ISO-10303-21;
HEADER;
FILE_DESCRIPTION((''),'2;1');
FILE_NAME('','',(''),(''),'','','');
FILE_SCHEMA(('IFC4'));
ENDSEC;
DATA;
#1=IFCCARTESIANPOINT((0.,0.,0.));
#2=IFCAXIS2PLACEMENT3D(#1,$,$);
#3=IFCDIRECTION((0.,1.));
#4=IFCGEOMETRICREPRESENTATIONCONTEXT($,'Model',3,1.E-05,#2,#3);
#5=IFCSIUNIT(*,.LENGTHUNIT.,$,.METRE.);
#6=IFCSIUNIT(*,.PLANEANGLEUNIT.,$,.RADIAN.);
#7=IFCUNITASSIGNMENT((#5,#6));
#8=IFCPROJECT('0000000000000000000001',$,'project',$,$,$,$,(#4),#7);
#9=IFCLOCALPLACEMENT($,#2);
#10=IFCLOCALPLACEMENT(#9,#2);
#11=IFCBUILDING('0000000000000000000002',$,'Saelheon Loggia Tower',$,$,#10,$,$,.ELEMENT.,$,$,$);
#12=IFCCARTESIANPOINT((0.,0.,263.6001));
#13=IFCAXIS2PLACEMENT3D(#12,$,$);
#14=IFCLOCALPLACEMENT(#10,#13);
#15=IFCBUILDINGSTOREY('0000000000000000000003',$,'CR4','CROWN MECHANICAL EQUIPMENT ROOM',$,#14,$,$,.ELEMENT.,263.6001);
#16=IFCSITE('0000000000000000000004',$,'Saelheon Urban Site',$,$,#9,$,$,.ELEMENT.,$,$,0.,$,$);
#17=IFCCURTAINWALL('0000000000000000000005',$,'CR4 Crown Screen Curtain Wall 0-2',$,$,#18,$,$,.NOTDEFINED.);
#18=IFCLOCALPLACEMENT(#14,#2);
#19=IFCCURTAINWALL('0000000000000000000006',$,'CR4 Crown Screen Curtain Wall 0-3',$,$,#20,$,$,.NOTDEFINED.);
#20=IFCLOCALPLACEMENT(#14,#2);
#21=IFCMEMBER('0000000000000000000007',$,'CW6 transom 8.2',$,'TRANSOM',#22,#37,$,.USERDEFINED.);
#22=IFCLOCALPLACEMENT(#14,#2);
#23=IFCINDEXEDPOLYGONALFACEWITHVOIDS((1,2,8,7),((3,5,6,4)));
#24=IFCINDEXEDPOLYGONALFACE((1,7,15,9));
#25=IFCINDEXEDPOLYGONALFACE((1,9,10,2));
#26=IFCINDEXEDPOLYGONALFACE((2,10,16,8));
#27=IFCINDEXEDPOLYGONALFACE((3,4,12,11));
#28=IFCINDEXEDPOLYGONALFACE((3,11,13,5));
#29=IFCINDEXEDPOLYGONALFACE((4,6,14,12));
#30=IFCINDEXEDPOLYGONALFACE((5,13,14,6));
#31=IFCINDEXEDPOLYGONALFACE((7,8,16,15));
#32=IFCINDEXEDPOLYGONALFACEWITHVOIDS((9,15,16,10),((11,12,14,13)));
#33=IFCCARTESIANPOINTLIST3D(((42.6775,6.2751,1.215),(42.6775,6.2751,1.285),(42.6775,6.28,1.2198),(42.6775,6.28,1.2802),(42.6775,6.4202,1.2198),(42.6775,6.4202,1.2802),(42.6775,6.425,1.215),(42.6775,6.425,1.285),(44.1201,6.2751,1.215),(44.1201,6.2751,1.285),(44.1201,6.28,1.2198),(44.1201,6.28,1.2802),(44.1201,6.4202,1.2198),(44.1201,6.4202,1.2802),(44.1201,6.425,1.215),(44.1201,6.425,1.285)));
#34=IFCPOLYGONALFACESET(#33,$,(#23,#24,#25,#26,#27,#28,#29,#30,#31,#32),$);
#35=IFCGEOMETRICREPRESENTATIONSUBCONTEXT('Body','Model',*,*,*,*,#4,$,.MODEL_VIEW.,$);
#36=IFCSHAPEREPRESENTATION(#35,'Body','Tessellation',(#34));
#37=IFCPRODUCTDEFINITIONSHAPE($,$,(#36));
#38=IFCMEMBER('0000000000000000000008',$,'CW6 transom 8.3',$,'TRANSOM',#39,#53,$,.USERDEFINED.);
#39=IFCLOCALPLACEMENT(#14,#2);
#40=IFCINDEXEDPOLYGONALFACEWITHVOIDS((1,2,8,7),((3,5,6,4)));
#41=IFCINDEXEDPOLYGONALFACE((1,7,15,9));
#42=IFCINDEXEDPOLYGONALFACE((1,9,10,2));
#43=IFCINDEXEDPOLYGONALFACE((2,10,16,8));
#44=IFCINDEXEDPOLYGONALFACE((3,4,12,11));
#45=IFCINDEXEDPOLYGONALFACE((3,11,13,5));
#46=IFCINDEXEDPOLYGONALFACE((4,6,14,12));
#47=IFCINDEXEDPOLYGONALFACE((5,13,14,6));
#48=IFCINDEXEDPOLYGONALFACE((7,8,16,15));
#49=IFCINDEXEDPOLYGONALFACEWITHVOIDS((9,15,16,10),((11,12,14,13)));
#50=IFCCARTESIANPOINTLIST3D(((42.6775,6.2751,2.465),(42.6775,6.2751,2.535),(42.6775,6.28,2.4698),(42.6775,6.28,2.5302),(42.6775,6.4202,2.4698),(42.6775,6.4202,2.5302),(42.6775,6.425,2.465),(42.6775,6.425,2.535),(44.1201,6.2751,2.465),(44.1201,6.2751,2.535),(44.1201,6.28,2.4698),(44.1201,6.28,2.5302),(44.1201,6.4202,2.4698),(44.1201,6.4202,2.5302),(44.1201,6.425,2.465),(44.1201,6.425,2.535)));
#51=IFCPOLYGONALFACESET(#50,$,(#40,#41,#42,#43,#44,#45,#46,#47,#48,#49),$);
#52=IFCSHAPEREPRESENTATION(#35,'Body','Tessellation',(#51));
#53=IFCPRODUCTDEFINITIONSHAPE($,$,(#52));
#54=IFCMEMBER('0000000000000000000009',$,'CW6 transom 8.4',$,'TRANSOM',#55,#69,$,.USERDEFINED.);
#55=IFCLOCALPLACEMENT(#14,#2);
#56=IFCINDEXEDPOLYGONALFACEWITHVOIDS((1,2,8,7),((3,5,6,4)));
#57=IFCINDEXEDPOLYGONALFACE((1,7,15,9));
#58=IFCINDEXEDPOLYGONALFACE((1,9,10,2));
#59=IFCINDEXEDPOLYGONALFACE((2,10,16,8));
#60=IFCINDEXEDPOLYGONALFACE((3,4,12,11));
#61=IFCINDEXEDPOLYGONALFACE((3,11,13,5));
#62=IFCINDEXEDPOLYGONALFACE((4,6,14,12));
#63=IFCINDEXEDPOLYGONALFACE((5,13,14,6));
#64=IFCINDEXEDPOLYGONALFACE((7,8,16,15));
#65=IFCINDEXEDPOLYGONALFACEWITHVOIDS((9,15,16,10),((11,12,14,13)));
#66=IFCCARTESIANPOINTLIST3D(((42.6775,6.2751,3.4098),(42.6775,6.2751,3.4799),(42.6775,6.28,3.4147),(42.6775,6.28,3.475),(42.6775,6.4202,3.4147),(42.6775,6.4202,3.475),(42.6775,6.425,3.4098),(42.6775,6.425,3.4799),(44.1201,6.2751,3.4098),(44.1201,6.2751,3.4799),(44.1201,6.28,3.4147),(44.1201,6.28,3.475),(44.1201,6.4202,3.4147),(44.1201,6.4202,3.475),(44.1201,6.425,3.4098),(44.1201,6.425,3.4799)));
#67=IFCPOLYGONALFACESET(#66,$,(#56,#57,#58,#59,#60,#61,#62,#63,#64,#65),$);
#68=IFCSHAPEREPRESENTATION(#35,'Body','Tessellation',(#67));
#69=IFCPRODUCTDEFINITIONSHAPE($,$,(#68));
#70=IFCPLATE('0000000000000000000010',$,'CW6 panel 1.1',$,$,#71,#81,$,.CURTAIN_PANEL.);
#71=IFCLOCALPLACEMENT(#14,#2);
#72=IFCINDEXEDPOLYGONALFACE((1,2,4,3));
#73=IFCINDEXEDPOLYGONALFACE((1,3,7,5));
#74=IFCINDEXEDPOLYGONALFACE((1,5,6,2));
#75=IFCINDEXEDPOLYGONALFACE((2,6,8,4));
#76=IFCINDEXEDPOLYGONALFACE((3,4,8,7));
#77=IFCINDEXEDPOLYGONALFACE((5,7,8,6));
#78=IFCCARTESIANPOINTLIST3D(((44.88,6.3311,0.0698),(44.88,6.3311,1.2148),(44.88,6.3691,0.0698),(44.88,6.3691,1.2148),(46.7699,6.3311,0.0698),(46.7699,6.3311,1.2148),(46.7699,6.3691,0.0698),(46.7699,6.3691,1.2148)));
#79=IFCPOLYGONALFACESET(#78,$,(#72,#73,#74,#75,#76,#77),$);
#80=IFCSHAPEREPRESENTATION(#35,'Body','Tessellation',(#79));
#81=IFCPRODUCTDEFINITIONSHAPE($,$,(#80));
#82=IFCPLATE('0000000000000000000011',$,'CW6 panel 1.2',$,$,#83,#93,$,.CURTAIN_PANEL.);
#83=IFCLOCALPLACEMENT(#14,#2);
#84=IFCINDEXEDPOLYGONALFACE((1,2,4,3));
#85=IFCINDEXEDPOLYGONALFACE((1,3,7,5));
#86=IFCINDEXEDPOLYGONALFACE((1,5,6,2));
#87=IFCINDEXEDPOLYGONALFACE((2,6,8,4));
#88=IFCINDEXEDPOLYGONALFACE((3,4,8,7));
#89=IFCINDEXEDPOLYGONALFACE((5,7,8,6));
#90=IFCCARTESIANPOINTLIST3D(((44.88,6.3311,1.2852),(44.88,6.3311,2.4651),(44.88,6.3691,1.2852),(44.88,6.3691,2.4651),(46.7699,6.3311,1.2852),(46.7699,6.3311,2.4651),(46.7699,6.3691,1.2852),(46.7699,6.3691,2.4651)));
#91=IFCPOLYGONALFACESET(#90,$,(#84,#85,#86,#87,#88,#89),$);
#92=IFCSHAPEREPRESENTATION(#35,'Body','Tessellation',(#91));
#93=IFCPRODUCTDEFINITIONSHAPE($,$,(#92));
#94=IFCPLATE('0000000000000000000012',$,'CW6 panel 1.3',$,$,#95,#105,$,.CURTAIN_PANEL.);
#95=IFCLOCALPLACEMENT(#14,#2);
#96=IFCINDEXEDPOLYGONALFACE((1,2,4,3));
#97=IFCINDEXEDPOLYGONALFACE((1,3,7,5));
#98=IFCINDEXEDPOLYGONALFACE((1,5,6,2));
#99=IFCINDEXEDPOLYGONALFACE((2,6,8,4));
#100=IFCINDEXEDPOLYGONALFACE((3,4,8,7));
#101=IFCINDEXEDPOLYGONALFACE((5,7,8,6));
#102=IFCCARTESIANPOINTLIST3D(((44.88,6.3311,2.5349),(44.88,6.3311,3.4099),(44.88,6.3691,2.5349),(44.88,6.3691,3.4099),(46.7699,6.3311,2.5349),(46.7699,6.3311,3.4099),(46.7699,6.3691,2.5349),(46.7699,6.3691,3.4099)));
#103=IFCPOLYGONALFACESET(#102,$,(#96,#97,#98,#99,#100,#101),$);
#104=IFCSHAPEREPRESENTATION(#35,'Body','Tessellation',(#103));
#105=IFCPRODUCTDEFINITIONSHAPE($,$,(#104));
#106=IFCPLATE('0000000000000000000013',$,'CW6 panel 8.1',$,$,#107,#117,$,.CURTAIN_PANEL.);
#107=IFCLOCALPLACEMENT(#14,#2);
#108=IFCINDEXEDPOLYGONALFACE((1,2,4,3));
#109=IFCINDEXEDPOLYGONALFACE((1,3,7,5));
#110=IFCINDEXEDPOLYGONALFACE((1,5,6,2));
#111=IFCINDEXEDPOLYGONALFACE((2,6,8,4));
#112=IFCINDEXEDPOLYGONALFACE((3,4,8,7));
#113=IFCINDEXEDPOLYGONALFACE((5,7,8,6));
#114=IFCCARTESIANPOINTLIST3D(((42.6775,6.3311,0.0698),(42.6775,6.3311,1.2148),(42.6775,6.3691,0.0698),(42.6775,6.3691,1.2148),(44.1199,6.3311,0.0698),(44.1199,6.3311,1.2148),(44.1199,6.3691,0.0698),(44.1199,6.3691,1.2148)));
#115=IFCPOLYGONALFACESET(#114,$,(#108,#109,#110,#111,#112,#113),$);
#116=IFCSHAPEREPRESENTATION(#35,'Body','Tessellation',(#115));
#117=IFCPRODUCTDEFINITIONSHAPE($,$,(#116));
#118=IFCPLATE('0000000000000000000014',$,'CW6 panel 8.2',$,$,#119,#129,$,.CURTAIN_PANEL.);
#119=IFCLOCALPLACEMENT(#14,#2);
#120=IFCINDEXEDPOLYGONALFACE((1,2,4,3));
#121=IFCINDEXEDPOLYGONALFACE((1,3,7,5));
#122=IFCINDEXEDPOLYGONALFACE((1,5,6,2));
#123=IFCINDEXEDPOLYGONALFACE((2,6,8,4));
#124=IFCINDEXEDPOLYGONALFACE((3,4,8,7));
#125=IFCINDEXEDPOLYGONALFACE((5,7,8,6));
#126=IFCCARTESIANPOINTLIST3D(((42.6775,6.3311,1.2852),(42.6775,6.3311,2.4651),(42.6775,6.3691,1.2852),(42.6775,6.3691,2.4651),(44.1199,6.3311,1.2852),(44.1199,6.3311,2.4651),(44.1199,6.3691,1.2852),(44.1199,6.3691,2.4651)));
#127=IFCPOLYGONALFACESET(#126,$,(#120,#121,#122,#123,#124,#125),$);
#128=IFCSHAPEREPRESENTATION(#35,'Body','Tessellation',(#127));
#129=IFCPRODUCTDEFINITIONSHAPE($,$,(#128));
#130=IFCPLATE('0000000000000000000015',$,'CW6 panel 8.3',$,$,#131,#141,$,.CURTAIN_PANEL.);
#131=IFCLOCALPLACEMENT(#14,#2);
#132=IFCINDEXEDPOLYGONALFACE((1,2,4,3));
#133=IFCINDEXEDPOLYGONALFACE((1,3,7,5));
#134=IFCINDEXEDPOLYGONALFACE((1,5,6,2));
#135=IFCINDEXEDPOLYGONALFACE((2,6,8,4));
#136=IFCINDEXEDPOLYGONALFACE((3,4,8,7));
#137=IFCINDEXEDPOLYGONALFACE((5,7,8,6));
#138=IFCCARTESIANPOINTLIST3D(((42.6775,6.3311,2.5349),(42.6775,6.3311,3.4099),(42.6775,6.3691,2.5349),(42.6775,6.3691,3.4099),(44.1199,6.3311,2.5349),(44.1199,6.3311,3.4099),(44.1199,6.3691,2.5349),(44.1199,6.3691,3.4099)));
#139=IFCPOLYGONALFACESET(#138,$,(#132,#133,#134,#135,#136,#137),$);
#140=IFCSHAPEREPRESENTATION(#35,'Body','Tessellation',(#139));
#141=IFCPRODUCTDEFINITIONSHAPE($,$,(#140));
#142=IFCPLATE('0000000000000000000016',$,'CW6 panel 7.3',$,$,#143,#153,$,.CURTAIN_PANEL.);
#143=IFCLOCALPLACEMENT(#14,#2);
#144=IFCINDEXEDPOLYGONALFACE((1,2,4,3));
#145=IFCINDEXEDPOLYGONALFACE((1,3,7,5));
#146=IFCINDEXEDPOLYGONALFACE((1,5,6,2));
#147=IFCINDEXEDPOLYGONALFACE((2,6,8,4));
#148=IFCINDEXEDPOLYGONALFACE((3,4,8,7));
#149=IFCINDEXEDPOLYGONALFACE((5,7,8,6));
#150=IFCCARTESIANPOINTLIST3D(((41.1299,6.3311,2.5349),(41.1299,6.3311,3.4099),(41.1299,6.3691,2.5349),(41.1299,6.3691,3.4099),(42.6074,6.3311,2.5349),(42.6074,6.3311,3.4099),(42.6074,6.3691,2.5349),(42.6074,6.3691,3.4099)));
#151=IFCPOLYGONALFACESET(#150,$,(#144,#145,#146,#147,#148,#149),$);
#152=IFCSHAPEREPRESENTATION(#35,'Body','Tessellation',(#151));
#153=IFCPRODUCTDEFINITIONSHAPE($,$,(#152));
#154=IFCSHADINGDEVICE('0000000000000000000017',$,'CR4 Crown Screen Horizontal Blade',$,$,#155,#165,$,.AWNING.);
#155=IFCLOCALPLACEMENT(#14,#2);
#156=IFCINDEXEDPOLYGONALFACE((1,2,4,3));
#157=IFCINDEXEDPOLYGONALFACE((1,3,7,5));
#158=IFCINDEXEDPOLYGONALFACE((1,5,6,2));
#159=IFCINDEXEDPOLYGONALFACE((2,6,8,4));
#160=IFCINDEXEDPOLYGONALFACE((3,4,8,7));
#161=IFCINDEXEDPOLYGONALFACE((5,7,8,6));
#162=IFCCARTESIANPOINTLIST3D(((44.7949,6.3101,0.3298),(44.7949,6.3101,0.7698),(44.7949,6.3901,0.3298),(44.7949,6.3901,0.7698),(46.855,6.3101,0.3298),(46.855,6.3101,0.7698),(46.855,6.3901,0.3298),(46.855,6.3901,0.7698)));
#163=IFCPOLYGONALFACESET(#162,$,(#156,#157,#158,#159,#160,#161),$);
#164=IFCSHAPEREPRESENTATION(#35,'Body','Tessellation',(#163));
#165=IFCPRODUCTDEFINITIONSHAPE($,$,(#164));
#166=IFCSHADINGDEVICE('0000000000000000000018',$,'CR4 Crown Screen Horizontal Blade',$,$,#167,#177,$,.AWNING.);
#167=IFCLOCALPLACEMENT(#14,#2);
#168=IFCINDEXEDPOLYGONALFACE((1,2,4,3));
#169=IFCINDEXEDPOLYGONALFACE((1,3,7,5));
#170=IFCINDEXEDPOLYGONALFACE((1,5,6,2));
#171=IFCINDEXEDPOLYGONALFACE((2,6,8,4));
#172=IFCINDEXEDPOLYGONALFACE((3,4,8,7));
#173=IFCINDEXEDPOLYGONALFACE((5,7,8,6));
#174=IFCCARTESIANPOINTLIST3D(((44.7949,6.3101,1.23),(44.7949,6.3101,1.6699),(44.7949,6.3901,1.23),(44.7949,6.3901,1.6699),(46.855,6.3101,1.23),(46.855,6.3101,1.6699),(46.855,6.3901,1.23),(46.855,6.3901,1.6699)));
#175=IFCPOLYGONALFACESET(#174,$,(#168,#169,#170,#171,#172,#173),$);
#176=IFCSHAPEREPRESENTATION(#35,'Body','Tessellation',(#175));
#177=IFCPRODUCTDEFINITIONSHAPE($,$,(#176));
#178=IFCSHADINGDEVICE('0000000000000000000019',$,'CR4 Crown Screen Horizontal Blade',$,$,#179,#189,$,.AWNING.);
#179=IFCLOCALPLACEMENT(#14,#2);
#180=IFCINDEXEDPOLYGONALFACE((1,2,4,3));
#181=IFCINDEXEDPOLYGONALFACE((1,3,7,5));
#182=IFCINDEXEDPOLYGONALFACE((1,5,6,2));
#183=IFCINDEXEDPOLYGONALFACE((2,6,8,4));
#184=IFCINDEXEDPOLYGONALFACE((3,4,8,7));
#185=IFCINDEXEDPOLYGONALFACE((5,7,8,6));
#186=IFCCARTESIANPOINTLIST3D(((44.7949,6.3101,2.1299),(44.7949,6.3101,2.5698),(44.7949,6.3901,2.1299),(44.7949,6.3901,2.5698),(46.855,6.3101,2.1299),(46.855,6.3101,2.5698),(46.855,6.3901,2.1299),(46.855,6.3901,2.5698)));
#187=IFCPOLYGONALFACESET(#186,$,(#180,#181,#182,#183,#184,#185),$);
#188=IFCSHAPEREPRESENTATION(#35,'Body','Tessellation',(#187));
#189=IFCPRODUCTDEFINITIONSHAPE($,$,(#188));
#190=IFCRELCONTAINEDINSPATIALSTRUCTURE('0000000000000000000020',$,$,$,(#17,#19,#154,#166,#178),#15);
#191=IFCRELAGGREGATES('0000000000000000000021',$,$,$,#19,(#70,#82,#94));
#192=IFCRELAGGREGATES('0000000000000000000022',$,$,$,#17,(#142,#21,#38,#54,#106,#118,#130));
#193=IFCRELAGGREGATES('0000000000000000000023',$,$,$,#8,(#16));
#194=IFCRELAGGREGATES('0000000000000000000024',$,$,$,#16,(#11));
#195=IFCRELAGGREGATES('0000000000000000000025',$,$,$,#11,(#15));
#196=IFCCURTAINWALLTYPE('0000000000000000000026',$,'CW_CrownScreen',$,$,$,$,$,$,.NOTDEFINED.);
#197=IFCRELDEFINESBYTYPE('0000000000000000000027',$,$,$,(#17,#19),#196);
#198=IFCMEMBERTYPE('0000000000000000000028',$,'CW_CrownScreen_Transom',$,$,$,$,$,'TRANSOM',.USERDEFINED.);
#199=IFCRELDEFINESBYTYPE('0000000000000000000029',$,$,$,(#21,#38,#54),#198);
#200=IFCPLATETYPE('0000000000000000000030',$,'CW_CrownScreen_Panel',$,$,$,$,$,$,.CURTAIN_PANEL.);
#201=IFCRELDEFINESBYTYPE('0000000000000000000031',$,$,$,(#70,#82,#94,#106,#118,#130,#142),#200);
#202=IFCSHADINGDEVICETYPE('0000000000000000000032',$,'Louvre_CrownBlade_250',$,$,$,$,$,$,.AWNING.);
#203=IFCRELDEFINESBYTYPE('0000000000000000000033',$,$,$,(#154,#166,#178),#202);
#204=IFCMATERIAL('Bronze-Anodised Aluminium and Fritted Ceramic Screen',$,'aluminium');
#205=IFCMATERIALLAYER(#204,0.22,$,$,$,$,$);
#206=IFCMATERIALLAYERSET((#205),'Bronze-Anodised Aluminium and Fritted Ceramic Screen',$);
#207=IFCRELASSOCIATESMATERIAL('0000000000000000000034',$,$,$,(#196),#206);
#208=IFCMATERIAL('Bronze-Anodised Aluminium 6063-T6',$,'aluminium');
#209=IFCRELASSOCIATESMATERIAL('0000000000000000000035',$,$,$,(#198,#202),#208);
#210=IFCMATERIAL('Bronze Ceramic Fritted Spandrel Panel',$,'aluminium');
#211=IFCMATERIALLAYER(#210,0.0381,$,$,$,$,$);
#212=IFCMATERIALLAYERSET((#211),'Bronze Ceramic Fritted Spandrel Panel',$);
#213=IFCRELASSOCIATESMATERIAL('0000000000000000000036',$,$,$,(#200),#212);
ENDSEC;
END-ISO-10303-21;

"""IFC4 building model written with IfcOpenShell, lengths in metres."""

from ifc_helpers import new_model, si_unit, direction, frame, origin, origin_2d, place, context, subcontext, project, spatial, rectangle, hollow_rectangle, extrude, source, transform, mapped, material, layer, layer_set, material_profile, profile_set, type_object, element, aggregate, save


model = new_model("IFC4")

# Units and contexts
model_context = context("Model", 3, precision=1e-05, world=origin(), true_north=direction((0.0, 1.0)))
body_context = subcontext(model_context, "Body", "Model", "MODEL_VIEW")
ifc_project = project(units=[si_unit("LENGTHUNIT", "METRE"), si_unit("PLANEANGLEUNIT", "RADIAN")], contexts=[model_context])

# Site, building, storey
site_placement = place(None, origin())
site = spatial("IfcSite", under=ifc_project, at=site_placement, Name="Saelheon Urban Site", CompositionType="ELEMENT", RefElevation=0.0)
building_placement = place(site_placement, origin())
building = spatial("IfcBuilding", under=site, at=building_placement, Name="Saelheon Loggia Tower", CompositionType="ELEMENT")
storey_placement = place(building_placement, frame((0.0, 0.0, 263.6001)))
storey = spatial("IfcBuildingStorey", under=building, at=storey_placement, Name="CR4", Description="CROWN MECHANICAL EQUIPMENT ROOM", CompositionType="ELEMENT", Elevation=263.6001)

# Curtain walls
ifc_material_1 = material(Name="Bronze-Anodised Aluminium and Fritted Ceramic Screen", Category="aluminium")
ifc_layer_1 = layer(ifc_material_1, 0.22)
ifc_layer_set_1 = layer_set([ifc_layer_1], Name="Bronze-Anodised Aluminium and Fritted Ceramic Screen")
curtain_wall_type = type_object("IfcCurtainWallType", Name="CW_CrownScreen", PredefinedType="NOTDEFINED", material=ifc_layer_set_1)
curtain_wall_1_placement = place(storey_placement, origin())
curtain_wall_1 = element("IfcCurtainWall", 1, at=curtain_wall_1_placement, inside=storey, type_object=curtain_wall_type, Name="CR4 Crown Screen Curtain Wall 0-2", PredefinedType="NOTDEFINED")
ifc_material_2 = material(Name="Bronze-Anodised Aluminium 6063-T6", Category="aluminium")
curtain_wall_2_placement = place(storey_placement, origin())
curtain_wall_2 = element("IfcCurtainWall", 2, at=curtain_wall_2_placement, inside=storey, type_object=curtain_wall_type, Name="CR4 Crown Screen Curtain Wall 0-3", PredefinedType="NOTDEFINED")
ifc_material_profile_1 = material_profile(ifc_material_2, hollow_rectangle(XDim=0.0701, YDim=0.1499, WallThickness=0.0049, at=origin_2d()), Name="RHS-150x70x5")
ifc_profile_set_1 = profile_set([ifc_material_profile_1], Name="Bronze-Anodised Aluminium 6063-T6")
member_type_1 = type_object("IfcMemberType", Name="CW_CrownScreen_Transom", ElementType="TRANSOM", PredefinedType="USERDEFINED", material=ifc_profile_set_1)

# Members
shared_shape_1 = source(origin(), body_context, "Body", "SweptSolid", [
    extrude(hollow_rectangle(XDim=0.0701, YDim=0.1499, WallThickness=0.0049, at=origin_2d()), origin(), (0.0, 0.0, 1.0), 1.4426),
])
member_1_placement = place(storey_placement, frame((42.6775, 6.3501, 1.25), z_axis=(1.0, 0.0, 0.0), x_axis=(0.0, 0.0, 1.0)))
member_1 = element("IfcMember", 3, at=member_1_placement, type_object=member_type_1, Name="CW6 transom 8.2", ObjectType="TRANSOM", PredefinedType="USERDEFINED", context=body_context, shape_type="MappedRepresentation", body=[
    mapped(shared_shape_1, transform((0.0, 0.0, 0.0), scale=1.0)),
])
member_2_placement = place(storey_placement, frame((42.6775, 6.3501, 2.5), z_axis=(1.0, 0.0, 0.0), x_axis=(0.0, 0.0, 1.0)))
member_2 = element("IfcMember", 4, at=member_2_placement, type_object=member_type_1, Name="CW6 transom 8.3", ObjectType="TRANSOM", PredefinedType="USERDEFINED", context=body_context, shape_type="MappedRepresentation", body=[
    mapped(shared_shape_1, transform((0.0, 0.0, 0.0), scale=1.0)),
])
member_3_placement = place(storey_placement, frame((42.6775, 6.3501, 3.4448), z_axis=(1.0, 0.0, 0.0), x_axis=(0.0, 0.0, 1.0)))
member_3 = element("IfcMember", 5, at=member_3_placement, type_object=member_type_1, Name="CW6 transom 8.4", ObjectType="TRANSOM", PredefinedType="USERDEFINED", context=body_context, shape_type="MappedRepresentation", body=[
    mapped(shared_shape_1, transform((0.0, 0.0, 0.0), scale=1.0)),
])

# Plates
ifc_material_3 = material(Name="Bronze Ceramic Fritted Spandrel Panel", Category="aluminium")
ifc_layer_2 = layer(ifc_material_3, 0.0381)
ifc_layer_set_2 = layer_set([ifc_layer_2], Name="Bronze Ceramic Fritted Spandrel Panel")
plate_type = type_object("IfcPlateType", Name="CW_CrownScreen_Panel", PredefinedType="CURTAIN_PANEL", material=ifc_layer_set_2)
shared_shape_2 = source(origin(), body_context, "Body", "SweptSolid", [
    extrude(rectangle(XDim=1.8899, YDim=0.0381, at=origin_2d()), origin(), (0.0, 0.0, 1.0), 1.145),
])
plate_1_placement = place(storey_placement, frame((45.825, 6.3501, 0.0698), z_axis=(0.0, 0.0, 1.0), x_axis=(1.0, 0.0, 0.0)))
plate_1 = element("IfcPlate", 6, at=plate_1_placement, type_object=plate_type, Name="CW6 panel 1.1", PredefinedType="CURTAIN_PANEL", context=body_context, shape_type="MappedRepresentation", body=[
    mapped(shared_shape_2, transform((0.0, 0.0, 0.0), scale=1.0)),
])
shared_shape_3 = source(origin(), body_context, "Body", "SweptSolid", [
    extrude(rectangle(XDim=1.8899, YDim=0.0381, at=origin_2d()), origin(), (0.0, 0.0, 1.0), 1.1799),
])
plate_2_placement = place(storey_placement, frame((45.825, 6.3501, 1.2852), z_axis=(0.0, 0.0, 1.0), x_axis=(1.0, 0.0, 0.0)))
plate_2 = element("IfcPlate", 7, at=plate_2_placement, type_object=plate_type, Name="CW6 panel 1.2", PredefinedType="CURTAIN_PANEL", context=body_context, shape_type="MappedRepresentation", body=[
    mapped(shared_shape_3, transform((0.0, 0.0, 0.0), scale=1.0)),
])
shared_shape_4 = source(origin(), body_context, "Body", "SweptSolid", [
    extrude(rectangle(XDim=1.8899, YDim=0.0381, at=origin_2d()), origin(), (0.0, 0.0, 1.0), 0.875),
])
plate_3_placement = place(storey_placement, frame((45.825, 6.3501, 2.5349), z_axis=(0.0, 0.0, 1.0), x_axis=(1.0, 0.0, 0.0)))
plate_3 = element("IfcPlate", 8, at=plate_3_placement, type_object=plate_type, Name="CW6 panel 1.3", PredefinedType="CURTAIN_PANEL", context=body_context, shape_type="MappedRepresentation", body=[
    mapped(shared_shape_4, transform((0.0, 0.0, 0.0), scale=1.0)),
])
aggregate(curtain_wall_2, [plate_1, plate_2, plate_3])
shared_shape_5 = source(origin(), body_context, "Body", "SweptSolid", [
    extrude(rectangle(XDim=1.4424, YDim=0.0381, at=origin_2d()), origin(), (0.0, 0.0, 1.0), 1.145),
])
plate_4_placement = place(storey_placement, frame((43.3987, 6.3501, 0.0698), z_axis=(0.0, 0.0, 1.0), x_axis=(1.0, 0.0, 0.0)))
plate_4 = element("IfcPlate", 9, at=plate_4_placement, type_object=plate_type, Name="CW6 panel 8.1", PredefinedType="CURTAIN_PANEL", context=body_context, shape_type="MappedRepresentation", body=[
    mapped(shared_shape_5, transform((0.0, 0.0, 0.0), scale=1.0)),
])
shared_shape_6 = source(origin(), body_context, "Body", "SweptSolid", [
    extrude(rectangle(XDim=1.4424, YDim=0.0381, at=origin_2d()), origin(), (0.0, 0.0, 1.0), 1.1799),
])
plate_5_placement = place(storey_placement, frame((43.3987, 6.3501, 1.2852), z_axis=(0.0, 0.0, 1.0), x_axis=(1.0, 0.0, 0.0)))
plate_5 = element("IfcPlate", 10, at=plate_5_placement, type_object=plate_type, Name="CW6 panel 8.2", PredefinedType="CURTAIN_PANEL", context=body_context, shape_type="MappedRepresentation", body=[
    mapped(shared_shape_6, transform((0.0, 0.0, 0.0), scale=1.0)),
])
shared_shape_7 = source(origin(), body_context, "Body", "SweptSolid", [
    extrude(rectangle(XDim=1.4424, YDim=0.0381, at=origin_2d()), origin(), (0.0, 0.0, 1.0), 0.875),
])
plate_6_placement = place(storey_placement, frame((43.3987, 6.3501, 2.5349), z_axis=(0.0, 0.0, 1.0), x_axis=(1.0, 0.0, 0.0)))
plate_6 = element("IfcPlate", 11, at=plate_6_placement, type_object=plate_type, Name="CW6 panel 8.3", PredefinedType="CURTAIN_PANEL", context=body_context, shape_type="MappedRepresentation", body=[
    mapped(shared_shape_7, transform((0.0, 0.0, 0.0), scale=1.0)),
])
shared_shape_8 = source(origin(), body_context, "Body", "SweptSolid", [
    extrude(rectangle(XDim=1.4775, YDim=0.0381, at=origin_2d()), origin(), (0.0, 0.0, 1.0), 0.875),
])
plate_7_placement = place(storey_placement, frame((41.8687, 6.3501, 2.5349), z_axis=(0.0, 0.0, 1.0), x_axis=(1.0, 0.0, 0.0)))
plate_7 = element("IfcPlate", 12, at=plate_7_placement, type_object=plate_type, Name="CW6 panel 7.3", PredefinedType="CURTAIN_PANEL", context=body_context, shape_type="MappedRepresentation", body=[
    mapped(shared_shape_8, transform((0.0, 0.0, 0.0), scale=1.0)),
])
aggregate(curtain_wall_1, [plate_7, member_1, member_2, member_3, plate_4, plate_5, plate_6])

# Shading devices
ifc_material_profile_2 = material_profile(ifc_material_2, rectangle(XDim=0.0801, YDim=0.4399, at=origin_2d()), Name="Louvre_CrownBlade_250")
ifc_profile_set_2 = profile_set([ifc_material_profile_2], Name="Bronze-Anodised Aluminium 6063-T6")
shading_device_type = type_object("IfcShadingDeviceType", Name="Louvre_CrownBlade_250", PredefinedType="AWNING", material=ifc_profile_set_2)
shared_shape_9 = source(origin(), body_context, "Body", "SweptSolid", [
    extrude(rectangle(XDim=0.0801, YDim=0.4399, at=origin_2d()), origin(), (0.0, 0.0, 1.0), 2.0601),
])
for number, where, z_axis, x_axis, name in (
    (13, (44.7949, 6.3501, 0.5498), (1.0, 0.0, 0.0), (0.0, 1.0, 0.0), "CR4 Crown Screen Horizontal Blade"),
    (14, (44.7949, 6.3501, 1.45), (1.0, 0.0, 0.0), (0.0, 1.0, 0.0), "CR4 Crown Screen Horizontal Blade"),
    (15, (44.7949, 6.3501, 2.3499), (1.0, 0.0, 0.0), (0.0, 1.0, 0.0), "CR4 Crown Screen Horizontal Blade"),
):
    element("IfcShadingDevice", number, at=place(storey_placement, frame(where, z_axis=z_axis, x_axis=x_axis)), inside=storey, type_object=shading_device_type, Name=name, PredefinedType="AWNING", context=body_context, shape_type="MappedRepresentation", body=[
        mapped(shared_shape_9, transform((0.0, 0.0, 0.0), scale=1.0)),
    ])

save(model, "model.ifc")
